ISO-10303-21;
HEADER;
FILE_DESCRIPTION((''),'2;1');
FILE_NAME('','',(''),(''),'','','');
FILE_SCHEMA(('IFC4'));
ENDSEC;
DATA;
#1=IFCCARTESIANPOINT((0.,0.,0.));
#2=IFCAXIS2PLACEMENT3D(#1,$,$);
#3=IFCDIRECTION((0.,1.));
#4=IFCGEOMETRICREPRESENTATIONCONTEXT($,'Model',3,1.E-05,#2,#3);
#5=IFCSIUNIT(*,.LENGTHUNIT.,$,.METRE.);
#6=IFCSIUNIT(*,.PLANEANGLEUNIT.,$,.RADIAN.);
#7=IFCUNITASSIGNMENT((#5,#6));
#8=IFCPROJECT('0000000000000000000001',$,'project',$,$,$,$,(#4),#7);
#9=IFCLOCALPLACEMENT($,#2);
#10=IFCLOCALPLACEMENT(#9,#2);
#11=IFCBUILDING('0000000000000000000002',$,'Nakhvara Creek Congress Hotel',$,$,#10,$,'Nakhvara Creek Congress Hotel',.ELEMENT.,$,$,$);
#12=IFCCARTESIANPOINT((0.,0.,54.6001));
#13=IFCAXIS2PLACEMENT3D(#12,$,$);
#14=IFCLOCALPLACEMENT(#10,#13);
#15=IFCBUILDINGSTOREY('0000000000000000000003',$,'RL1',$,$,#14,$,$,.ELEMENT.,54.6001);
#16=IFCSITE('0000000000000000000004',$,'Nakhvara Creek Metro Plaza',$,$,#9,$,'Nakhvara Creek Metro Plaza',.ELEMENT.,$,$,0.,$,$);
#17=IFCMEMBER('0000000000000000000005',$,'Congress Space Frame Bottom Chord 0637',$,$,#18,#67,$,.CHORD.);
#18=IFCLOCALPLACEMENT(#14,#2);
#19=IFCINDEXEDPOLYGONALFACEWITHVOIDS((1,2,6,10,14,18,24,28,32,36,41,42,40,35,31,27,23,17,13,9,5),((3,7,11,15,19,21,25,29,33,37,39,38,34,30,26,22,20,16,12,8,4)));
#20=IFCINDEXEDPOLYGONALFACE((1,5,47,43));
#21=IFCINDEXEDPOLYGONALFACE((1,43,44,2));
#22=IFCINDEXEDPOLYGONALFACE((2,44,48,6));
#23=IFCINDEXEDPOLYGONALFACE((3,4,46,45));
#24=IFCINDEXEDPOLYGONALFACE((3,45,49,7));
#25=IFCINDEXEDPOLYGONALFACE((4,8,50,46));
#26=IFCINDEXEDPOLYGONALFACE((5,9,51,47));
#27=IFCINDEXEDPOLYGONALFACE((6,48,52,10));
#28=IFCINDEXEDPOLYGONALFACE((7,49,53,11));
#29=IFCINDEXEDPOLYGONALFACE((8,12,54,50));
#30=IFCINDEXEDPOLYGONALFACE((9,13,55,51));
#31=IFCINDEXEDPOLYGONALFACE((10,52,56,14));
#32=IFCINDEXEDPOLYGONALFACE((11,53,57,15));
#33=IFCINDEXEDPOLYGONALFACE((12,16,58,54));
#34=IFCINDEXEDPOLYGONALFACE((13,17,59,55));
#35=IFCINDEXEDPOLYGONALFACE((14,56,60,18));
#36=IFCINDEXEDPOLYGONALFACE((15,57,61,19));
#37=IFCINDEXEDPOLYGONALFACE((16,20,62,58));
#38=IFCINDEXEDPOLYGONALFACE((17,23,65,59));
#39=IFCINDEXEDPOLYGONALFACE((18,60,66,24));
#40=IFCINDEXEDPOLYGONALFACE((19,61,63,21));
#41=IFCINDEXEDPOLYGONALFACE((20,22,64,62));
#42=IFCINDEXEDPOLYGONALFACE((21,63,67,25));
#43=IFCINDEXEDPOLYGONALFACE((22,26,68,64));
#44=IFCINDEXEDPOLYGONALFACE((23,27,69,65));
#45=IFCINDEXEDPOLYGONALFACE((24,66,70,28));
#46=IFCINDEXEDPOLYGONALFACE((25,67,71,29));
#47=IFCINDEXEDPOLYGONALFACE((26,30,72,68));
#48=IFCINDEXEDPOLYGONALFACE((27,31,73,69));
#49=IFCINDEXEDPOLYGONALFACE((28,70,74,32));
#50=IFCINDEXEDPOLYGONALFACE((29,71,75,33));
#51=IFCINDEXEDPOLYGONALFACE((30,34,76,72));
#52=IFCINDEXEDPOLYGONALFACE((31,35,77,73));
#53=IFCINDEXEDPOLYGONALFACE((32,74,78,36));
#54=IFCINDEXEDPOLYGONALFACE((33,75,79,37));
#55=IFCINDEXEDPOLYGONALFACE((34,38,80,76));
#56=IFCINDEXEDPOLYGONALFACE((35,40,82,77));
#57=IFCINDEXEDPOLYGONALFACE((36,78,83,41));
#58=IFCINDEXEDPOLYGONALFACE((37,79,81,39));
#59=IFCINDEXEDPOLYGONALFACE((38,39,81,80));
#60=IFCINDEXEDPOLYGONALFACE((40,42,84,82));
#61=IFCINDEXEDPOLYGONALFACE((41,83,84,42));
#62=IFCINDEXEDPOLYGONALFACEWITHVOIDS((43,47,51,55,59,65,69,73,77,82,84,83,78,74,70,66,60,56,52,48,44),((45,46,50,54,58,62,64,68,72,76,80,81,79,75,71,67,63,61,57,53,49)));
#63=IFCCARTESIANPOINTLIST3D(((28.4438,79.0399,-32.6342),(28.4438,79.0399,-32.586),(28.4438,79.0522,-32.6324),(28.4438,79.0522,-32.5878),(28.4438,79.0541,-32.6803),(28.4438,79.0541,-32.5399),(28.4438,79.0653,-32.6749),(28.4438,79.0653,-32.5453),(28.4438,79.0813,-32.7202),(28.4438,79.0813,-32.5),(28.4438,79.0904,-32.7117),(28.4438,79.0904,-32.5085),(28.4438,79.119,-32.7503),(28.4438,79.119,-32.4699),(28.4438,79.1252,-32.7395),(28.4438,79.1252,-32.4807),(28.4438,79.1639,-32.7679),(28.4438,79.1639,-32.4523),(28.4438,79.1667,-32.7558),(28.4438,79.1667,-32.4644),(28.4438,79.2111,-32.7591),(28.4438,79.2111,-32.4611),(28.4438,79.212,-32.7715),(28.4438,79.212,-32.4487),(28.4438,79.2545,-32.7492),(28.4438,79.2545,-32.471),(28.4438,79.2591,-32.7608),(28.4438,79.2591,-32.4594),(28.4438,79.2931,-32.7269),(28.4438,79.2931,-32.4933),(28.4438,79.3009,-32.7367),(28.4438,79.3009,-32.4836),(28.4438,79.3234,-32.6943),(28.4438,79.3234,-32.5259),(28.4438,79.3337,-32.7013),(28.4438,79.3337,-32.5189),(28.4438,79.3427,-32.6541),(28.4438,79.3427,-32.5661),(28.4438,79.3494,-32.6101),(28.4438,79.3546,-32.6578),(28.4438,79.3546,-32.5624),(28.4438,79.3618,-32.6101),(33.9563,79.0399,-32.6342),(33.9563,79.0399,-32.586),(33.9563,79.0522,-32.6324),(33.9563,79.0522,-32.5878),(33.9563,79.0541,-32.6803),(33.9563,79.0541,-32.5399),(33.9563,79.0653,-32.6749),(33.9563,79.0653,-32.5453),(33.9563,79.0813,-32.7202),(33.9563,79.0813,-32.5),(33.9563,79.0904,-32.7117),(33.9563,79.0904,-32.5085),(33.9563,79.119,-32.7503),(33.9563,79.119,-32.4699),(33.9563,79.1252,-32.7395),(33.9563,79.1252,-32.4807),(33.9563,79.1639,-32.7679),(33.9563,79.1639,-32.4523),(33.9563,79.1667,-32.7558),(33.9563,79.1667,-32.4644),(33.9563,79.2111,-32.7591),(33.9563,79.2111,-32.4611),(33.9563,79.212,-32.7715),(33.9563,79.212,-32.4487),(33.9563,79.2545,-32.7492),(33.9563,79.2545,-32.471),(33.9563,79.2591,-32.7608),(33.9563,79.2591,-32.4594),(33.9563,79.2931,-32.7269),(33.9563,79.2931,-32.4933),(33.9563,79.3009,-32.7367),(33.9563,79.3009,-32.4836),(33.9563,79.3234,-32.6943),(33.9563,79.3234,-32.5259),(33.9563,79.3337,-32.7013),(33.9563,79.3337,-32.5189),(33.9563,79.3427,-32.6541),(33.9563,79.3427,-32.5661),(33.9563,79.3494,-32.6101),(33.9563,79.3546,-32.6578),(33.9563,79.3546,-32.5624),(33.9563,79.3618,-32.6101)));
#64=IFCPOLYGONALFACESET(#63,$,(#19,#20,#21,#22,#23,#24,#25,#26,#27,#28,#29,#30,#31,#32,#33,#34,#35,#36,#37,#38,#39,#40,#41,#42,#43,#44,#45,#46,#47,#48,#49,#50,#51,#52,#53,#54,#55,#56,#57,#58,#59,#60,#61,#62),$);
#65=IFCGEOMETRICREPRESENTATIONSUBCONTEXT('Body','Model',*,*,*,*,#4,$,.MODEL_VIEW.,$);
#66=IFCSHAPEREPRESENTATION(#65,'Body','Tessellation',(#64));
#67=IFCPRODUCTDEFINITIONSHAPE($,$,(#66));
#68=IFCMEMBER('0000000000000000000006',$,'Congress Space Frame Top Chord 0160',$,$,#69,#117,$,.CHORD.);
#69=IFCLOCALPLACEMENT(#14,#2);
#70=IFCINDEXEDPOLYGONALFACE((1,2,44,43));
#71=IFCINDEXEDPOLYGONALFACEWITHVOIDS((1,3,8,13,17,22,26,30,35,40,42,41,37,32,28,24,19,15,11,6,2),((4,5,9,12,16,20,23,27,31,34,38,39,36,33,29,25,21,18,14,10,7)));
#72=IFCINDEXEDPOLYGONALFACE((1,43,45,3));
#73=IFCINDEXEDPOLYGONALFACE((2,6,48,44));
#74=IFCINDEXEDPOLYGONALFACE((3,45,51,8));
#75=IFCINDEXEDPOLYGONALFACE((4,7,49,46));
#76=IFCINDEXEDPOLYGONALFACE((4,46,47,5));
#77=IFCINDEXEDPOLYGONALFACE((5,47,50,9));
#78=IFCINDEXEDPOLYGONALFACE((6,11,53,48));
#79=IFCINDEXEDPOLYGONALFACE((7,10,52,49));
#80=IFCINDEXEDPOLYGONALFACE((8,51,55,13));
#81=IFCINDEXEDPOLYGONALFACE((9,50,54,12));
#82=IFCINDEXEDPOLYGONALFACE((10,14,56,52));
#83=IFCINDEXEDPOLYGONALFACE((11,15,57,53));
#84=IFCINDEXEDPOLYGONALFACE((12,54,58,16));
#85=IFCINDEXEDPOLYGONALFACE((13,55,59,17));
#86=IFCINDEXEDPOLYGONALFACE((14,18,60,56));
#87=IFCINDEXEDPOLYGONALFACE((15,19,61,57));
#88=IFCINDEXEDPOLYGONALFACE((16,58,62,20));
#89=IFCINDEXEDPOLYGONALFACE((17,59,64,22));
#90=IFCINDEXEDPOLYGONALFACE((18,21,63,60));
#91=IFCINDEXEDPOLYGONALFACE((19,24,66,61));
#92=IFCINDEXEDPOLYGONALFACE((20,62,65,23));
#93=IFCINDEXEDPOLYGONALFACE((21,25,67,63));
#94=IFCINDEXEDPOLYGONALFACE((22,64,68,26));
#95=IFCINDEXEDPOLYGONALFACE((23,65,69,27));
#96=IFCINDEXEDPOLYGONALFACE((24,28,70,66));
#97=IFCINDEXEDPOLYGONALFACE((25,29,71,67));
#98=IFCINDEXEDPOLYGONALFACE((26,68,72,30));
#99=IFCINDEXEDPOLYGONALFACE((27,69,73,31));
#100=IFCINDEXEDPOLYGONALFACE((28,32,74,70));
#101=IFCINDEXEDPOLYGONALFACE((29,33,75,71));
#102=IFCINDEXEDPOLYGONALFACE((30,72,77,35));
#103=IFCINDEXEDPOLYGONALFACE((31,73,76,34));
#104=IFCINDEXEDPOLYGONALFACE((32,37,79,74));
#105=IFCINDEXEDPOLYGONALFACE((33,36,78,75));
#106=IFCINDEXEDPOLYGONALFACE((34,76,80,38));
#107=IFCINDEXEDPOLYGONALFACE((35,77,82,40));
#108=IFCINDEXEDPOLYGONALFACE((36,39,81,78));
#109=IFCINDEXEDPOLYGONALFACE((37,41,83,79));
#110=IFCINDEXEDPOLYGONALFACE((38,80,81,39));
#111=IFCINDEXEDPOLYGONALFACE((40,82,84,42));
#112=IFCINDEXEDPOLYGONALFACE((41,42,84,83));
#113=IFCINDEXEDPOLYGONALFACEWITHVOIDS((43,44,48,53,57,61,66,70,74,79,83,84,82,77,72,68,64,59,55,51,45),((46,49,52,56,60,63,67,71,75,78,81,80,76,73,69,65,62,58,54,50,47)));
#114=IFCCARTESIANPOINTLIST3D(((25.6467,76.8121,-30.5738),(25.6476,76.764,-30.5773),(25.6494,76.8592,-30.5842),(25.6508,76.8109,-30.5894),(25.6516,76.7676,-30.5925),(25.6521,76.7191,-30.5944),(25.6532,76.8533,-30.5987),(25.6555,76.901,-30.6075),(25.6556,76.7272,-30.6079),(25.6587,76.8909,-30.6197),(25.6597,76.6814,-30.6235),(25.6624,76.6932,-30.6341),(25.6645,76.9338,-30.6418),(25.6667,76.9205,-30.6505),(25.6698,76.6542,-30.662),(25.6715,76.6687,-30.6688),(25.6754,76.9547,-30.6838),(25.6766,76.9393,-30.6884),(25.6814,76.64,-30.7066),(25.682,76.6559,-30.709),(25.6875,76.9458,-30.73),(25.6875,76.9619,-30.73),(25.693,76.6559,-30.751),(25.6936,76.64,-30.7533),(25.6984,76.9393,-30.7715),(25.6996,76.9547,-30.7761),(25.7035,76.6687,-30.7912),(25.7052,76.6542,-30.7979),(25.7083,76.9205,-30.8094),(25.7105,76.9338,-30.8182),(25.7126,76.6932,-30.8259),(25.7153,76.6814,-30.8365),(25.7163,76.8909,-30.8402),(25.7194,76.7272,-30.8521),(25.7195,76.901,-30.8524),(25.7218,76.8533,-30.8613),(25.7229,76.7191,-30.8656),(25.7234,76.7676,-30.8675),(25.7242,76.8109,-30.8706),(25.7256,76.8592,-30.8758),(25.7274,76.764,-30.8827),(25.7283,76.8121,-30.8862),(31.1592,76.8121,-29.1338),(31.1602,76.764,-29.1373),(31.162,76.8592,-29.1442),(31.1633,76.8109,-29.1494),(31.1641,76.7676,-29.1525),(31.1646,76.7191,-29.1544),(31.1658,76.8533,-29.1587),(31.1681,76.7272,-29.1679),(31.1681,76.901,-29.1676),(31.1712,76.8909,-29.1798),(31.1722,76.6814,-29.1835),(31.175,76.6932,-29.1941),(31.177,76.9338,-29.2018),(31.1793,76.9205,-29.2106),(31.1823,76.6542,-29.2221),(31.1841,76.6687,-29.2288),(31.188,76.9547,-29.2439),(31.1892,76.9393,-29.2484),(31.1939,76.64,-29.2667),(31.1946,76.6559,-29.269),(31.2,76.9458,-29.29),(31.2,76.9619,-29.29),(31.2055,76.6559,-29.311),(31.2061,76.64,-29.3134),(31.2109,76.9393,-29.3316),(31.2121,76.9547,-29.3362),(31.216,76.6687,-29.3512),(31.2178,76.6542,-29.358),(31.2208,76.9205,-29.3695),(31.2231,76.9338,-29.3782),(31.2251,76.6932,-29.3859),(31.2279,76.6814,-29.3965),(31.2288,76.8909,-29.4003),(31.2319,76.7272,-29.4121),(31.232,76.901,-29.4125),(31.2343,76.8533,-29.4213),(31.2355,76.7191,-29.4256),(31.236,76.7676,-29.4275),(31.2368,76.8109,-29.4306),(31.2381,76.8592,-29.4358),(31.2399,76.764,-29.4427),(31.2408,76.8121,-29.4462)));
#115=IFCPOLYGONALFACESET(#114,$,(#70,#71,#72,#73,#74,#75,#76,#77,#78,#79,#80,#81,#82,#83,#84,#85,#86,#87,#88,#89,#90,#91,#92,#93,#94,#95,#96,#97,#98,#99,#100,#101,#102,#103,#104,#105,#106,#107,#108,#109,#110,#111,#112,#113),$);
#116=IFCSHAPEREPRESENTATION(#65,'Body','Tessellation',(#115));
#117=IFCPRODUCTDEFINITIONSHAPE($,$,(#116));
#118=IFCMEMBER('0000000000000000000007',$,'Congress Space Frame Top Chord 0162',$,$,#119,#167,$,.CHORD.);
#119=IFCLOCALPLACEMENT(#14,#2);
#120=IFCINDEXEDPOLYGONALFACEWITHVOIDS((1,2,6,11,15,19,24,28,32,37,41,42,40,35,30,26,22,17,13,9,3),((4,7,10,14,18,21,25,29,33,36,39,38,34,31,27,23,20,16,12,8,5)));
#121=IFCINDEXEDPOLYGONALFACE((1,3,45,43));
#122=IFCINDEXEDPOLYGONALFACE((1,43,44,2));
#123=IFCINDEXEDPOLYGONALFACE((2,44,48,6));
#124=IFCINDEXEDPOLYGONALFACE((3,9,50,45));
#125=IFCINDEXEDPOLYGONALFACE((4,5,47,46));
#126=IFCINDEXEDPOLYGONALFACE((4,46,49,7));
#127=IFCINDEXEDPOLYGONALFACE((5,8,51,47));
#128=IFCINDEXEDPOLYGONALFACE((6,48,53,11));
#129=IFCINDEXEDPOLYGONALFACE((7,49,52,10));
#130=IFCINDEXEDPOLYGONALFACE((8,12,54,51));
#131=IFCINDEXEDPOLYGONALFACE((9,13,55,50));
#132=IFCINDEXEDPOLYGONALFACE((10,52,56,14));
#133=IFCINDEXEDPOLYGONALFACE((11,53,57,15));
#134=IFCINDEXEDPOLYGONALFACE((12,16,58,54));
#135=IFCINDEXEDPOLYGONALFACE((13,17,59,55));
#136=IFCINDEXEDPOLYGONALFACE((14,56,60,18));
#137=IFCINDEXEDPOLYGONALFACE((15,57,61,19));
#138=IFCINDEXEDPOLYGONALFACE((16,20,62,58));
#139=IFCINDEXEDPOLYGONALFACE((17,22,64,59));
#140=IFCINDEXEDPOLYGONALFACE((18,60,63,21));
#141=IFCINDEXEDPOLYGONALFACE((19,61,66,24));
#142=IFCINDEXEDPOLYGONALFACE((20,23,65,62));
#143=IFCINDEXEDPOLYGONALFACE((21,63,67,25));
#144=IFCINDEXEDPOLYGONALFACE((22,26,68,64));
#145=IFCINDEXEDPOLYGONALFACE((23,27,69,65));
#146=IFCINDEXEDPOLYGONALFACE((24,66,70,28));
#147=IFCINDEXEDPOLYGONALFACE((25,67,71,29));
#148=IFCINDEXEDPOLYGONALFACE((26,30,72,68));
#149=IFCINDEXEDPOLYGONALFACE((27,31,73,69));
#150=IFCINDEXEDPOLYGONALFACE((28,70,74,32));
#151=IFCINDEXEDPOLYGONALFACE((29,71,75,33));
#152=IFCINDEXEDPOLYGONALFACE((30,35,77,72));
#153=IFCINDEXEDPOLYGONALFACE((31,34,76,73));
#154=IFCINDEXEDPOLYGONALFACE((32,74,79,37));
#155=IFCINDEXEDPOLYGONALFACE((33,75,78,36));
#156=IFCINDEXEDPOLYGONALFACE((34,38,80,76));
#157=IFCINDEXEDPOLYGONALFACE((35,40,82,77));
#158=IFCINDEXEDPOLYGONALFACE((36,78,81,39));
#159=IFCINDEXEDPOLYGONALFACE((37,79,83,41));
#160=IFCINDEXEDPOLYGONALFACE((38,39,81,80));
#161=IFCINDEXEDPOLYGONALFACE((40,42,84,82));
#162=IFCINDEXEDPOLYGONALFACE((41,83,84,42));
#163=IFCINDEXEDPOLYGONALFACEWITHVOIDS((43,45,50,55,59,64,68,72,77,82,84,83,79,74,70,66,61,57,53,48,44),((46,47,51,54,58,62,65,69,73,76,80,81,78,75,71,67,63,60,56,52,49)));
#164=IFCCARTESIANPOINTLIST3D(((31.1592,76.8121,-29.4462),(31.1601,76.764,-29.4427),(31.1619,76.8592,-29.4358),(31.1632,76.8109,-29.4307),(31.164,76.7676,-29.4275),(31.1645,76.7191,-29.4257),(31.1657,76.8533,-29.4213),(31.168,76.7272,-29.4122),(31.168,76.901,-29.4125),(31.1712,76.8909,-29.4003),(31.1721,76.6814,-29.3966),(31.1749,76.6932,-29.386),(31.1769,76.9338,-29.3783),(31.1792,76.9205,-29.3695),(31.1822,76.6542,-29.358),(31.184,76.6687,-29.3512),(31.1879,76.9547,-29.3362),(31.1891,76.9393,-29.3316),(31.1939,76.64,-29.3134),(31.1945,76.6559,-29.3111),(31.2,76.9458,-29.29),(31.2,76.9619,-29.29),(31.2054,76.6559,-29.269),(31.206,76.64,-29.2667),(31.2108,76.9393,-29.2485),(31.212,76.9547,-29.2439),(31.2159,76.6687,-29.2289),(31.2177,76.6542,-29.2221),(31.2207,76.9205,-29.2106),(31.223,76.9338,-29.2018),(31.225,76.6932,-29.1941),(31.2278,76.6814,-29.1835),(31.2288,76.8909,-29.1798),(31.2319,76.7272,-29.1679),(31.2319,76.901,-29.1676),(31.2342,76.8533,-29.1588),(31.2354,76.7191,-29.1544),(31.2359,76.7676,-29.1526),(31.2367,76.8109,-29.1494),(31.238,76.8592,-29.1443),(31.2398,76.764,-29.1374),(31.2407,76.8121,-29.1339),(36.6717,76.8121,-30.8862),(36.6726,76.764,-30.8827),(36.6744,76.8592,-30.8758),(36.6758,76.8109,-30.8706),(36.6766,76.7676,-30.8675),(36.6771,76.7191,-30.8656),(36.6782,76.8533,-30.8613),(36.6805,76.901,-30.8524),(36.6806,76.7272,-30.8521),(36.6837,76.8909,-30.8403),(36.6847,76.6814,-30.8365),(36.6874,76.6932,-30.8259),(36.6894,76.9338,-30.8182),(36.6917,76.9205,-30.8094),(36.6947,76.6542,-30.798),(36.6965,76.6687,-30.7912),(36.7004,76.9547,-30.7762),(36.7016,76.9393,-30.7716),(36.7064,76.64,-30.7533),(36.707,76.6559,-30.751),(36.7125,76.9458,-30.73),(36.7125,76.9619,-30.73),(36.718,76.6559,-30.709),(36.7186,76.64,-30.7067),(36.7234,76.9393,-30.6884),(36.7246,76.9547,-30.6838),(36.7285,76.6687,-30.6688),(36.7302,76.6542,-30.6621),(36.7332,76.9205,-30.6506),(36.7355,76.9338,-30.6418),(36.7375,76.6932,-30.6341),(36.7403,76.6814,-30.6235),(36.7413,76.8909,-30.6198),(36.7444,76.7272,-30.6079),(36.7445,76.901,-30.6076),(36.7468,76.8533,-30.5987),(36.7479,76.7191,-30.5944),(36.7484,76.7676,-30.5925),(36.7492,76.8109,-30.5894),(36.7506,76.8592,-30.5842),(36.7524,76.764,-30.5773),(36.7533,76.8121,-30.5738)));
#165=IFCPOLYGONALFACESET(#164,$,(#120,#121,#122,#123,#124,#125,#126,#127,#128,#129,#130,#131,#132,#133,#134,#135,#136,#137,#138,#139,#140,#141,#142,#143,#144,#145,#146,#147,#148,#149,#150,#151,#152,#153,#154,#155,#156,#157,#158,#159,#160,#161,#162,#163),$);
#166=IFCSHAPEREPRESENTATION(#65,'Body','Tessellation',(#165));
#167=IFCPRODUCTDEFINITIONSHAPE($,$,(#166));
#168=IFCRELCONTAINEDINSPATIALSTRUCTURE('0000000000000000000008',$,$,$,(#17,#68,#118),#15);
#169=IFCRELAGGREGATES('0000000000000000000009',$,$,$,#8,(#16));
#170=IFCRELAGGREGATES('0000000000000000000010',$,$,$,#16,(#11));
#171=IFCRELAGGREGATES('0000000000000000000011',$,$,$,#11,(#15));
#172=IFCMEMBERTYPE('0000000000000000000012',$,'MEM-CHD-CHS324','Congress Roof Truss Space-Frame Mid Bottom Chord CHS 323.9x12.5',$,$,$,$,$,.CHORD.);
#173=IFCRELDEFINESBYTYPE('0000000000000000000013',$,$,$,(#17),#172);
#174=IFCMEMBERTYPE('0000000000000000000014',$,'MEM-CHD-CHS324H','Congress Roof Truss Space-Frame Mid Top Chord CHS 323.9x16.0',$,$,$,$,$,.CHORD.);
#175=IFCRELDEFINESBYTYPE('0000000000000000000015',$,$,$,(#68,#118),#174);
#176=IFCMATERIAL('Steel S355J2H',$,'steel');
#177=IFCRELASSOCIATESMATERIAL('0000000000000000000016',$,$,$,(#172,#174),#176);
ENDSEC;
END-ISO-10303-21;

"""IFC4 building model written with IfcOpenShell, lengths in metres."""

from ifc_helpers import new_model, si_unit, direction, frame, origin, origin_2d, place, context, subcontext, project, spatial, hollow_circle, extrude, material, material_profile, profile_set, type_object, element, save


model = new_model("IFC4")

# Units and contexts
model_context = context("Model", 3, precision=1e-05, world=origin(), true_north=direction((0.0, 1.0)))
body_context = subcontext(model_context, "Body", "Model", "MODEL_VIEW")
ifc_project = project(units=[si_unit("LENGTHUNIT", "METRE"), si_unit("PLANEANGLEUNIT", "RADIAN")], contexts=[model_context])

# Site, building, storey
site_placement = place(None, origin())
site = spatial("IfcSite", under=ifc_project, at=site_placement, Name="Nakhvara Creek Metro Plaza", LongName="Nakhvara Creek Metro Plaza", CompositionType="ELEMENT", RefElevation=0.0)
building_placement = place(site_placement, origin())
building = spatial("IfcBuilding", under=site, at=building_placement, Name="Nakhvara Creek Congress Hotel", LongName="Nakhvara Creek Congress Hotel", CompositionType="ELEMENT")
storey_placement = place(building_placement, frame((0.0, 0.0, 54.6001)))
storey = spatial("IfcBuildingStorey", under=building, at=storey_placement, Name="RL1", CompositionType="ELEMENT", Elevation=54.6001)

# Members
ifc_material_1 = material(Name="Steel S355J2H", Category="steel")
ifc_material_profile_1 = material_profile(ifc_material_1, hollow_circle(Radius=0.1619, WallThickness=0.0125, at=origin_2d()), Name="CHS 323.9x12.5", Category="LoadBearing")
ifc_profile_set_1 = profile_set([ifc_material_profile_1], Name="Steel S355J2H")
member_type_1 = type_object("IfcMemberType", Name="MEM-CHD-CHS324", Description="Congress Roof Truss Space-Frame Mid Bottom Chord CHS 323.9x12.5", PredefinedType="CHORD", material=ifc_profile_set_1)
member_1_placement = place(storey_placement, frame((28.4438, 79.2, -32.6101), z_axis=(1.0, 0.0, 0.0), x_axis=(0.0, 1.0, 0.0)))
element("IfcMember", 1, at=member_1_placement, inside=storey, type_object=member_type_1, Name="Congress Space Frame Bottom Chord 0637", PredefinedType="CHORD", context=body_context, shape_type="SweptSolid", body=[
    extrude(hollow_circle(Radius=0.1619, WallThickness=0.0125, at=origin_2d()), origin(), (0.0, 0.0, 1.0), 5.5125),
])
ifc_material_profile_2 = material_profile(ifc_material_1, hollow_circle(Radius=0.1619, WallThickness=0.0161, at=origin_2d()), Name="CHS 323.9x16.0", Category="LoadBearing")
ifc_profile_set_2 = profile_set([ifc_material_profile_2], Name="Steel S355J2H")
member_type_2 = type_object("IfcMemberType", Name="MEM-CHD-CHS324H", Description="Congress Roof Truss Space-Frame Mid Top Chord CHS 323.9x16.0", PredefinedType="CHORD", material=ifc_profile_set_2)
for number, where, z_axis, x_axis, name in (
    (2, (25.6875, 76.8, -30.73), (0.967535, 0.0, 0.252736), (0.0, 1.0, 0.0), "Congress Space Frame Top Chord 0160"),
    (3, (31.2, 76.8, -29.29), (0.967535, 0.0, -0.252736), (0.0, 1.0, 0.0), "Congress Space Frame Top Chord 0162"),
):
    element("IfcMember", number, at=place(storey_placement, frame(where, z_axis=z_axis, x_axis=x_axis)), inside=storey, type_object=member_type_2, Name=name, PredefinedType="CHORD", context=body_context, shape_type="SweptSolid", body=[
        extrude(hollow_circle(Radius=0.1619, WallThickness=0.0161, at=origin_2d()), origin(), (0.0, 0.0, 1.0), 5.6975),
    ])

save(model, "model.ifc")
